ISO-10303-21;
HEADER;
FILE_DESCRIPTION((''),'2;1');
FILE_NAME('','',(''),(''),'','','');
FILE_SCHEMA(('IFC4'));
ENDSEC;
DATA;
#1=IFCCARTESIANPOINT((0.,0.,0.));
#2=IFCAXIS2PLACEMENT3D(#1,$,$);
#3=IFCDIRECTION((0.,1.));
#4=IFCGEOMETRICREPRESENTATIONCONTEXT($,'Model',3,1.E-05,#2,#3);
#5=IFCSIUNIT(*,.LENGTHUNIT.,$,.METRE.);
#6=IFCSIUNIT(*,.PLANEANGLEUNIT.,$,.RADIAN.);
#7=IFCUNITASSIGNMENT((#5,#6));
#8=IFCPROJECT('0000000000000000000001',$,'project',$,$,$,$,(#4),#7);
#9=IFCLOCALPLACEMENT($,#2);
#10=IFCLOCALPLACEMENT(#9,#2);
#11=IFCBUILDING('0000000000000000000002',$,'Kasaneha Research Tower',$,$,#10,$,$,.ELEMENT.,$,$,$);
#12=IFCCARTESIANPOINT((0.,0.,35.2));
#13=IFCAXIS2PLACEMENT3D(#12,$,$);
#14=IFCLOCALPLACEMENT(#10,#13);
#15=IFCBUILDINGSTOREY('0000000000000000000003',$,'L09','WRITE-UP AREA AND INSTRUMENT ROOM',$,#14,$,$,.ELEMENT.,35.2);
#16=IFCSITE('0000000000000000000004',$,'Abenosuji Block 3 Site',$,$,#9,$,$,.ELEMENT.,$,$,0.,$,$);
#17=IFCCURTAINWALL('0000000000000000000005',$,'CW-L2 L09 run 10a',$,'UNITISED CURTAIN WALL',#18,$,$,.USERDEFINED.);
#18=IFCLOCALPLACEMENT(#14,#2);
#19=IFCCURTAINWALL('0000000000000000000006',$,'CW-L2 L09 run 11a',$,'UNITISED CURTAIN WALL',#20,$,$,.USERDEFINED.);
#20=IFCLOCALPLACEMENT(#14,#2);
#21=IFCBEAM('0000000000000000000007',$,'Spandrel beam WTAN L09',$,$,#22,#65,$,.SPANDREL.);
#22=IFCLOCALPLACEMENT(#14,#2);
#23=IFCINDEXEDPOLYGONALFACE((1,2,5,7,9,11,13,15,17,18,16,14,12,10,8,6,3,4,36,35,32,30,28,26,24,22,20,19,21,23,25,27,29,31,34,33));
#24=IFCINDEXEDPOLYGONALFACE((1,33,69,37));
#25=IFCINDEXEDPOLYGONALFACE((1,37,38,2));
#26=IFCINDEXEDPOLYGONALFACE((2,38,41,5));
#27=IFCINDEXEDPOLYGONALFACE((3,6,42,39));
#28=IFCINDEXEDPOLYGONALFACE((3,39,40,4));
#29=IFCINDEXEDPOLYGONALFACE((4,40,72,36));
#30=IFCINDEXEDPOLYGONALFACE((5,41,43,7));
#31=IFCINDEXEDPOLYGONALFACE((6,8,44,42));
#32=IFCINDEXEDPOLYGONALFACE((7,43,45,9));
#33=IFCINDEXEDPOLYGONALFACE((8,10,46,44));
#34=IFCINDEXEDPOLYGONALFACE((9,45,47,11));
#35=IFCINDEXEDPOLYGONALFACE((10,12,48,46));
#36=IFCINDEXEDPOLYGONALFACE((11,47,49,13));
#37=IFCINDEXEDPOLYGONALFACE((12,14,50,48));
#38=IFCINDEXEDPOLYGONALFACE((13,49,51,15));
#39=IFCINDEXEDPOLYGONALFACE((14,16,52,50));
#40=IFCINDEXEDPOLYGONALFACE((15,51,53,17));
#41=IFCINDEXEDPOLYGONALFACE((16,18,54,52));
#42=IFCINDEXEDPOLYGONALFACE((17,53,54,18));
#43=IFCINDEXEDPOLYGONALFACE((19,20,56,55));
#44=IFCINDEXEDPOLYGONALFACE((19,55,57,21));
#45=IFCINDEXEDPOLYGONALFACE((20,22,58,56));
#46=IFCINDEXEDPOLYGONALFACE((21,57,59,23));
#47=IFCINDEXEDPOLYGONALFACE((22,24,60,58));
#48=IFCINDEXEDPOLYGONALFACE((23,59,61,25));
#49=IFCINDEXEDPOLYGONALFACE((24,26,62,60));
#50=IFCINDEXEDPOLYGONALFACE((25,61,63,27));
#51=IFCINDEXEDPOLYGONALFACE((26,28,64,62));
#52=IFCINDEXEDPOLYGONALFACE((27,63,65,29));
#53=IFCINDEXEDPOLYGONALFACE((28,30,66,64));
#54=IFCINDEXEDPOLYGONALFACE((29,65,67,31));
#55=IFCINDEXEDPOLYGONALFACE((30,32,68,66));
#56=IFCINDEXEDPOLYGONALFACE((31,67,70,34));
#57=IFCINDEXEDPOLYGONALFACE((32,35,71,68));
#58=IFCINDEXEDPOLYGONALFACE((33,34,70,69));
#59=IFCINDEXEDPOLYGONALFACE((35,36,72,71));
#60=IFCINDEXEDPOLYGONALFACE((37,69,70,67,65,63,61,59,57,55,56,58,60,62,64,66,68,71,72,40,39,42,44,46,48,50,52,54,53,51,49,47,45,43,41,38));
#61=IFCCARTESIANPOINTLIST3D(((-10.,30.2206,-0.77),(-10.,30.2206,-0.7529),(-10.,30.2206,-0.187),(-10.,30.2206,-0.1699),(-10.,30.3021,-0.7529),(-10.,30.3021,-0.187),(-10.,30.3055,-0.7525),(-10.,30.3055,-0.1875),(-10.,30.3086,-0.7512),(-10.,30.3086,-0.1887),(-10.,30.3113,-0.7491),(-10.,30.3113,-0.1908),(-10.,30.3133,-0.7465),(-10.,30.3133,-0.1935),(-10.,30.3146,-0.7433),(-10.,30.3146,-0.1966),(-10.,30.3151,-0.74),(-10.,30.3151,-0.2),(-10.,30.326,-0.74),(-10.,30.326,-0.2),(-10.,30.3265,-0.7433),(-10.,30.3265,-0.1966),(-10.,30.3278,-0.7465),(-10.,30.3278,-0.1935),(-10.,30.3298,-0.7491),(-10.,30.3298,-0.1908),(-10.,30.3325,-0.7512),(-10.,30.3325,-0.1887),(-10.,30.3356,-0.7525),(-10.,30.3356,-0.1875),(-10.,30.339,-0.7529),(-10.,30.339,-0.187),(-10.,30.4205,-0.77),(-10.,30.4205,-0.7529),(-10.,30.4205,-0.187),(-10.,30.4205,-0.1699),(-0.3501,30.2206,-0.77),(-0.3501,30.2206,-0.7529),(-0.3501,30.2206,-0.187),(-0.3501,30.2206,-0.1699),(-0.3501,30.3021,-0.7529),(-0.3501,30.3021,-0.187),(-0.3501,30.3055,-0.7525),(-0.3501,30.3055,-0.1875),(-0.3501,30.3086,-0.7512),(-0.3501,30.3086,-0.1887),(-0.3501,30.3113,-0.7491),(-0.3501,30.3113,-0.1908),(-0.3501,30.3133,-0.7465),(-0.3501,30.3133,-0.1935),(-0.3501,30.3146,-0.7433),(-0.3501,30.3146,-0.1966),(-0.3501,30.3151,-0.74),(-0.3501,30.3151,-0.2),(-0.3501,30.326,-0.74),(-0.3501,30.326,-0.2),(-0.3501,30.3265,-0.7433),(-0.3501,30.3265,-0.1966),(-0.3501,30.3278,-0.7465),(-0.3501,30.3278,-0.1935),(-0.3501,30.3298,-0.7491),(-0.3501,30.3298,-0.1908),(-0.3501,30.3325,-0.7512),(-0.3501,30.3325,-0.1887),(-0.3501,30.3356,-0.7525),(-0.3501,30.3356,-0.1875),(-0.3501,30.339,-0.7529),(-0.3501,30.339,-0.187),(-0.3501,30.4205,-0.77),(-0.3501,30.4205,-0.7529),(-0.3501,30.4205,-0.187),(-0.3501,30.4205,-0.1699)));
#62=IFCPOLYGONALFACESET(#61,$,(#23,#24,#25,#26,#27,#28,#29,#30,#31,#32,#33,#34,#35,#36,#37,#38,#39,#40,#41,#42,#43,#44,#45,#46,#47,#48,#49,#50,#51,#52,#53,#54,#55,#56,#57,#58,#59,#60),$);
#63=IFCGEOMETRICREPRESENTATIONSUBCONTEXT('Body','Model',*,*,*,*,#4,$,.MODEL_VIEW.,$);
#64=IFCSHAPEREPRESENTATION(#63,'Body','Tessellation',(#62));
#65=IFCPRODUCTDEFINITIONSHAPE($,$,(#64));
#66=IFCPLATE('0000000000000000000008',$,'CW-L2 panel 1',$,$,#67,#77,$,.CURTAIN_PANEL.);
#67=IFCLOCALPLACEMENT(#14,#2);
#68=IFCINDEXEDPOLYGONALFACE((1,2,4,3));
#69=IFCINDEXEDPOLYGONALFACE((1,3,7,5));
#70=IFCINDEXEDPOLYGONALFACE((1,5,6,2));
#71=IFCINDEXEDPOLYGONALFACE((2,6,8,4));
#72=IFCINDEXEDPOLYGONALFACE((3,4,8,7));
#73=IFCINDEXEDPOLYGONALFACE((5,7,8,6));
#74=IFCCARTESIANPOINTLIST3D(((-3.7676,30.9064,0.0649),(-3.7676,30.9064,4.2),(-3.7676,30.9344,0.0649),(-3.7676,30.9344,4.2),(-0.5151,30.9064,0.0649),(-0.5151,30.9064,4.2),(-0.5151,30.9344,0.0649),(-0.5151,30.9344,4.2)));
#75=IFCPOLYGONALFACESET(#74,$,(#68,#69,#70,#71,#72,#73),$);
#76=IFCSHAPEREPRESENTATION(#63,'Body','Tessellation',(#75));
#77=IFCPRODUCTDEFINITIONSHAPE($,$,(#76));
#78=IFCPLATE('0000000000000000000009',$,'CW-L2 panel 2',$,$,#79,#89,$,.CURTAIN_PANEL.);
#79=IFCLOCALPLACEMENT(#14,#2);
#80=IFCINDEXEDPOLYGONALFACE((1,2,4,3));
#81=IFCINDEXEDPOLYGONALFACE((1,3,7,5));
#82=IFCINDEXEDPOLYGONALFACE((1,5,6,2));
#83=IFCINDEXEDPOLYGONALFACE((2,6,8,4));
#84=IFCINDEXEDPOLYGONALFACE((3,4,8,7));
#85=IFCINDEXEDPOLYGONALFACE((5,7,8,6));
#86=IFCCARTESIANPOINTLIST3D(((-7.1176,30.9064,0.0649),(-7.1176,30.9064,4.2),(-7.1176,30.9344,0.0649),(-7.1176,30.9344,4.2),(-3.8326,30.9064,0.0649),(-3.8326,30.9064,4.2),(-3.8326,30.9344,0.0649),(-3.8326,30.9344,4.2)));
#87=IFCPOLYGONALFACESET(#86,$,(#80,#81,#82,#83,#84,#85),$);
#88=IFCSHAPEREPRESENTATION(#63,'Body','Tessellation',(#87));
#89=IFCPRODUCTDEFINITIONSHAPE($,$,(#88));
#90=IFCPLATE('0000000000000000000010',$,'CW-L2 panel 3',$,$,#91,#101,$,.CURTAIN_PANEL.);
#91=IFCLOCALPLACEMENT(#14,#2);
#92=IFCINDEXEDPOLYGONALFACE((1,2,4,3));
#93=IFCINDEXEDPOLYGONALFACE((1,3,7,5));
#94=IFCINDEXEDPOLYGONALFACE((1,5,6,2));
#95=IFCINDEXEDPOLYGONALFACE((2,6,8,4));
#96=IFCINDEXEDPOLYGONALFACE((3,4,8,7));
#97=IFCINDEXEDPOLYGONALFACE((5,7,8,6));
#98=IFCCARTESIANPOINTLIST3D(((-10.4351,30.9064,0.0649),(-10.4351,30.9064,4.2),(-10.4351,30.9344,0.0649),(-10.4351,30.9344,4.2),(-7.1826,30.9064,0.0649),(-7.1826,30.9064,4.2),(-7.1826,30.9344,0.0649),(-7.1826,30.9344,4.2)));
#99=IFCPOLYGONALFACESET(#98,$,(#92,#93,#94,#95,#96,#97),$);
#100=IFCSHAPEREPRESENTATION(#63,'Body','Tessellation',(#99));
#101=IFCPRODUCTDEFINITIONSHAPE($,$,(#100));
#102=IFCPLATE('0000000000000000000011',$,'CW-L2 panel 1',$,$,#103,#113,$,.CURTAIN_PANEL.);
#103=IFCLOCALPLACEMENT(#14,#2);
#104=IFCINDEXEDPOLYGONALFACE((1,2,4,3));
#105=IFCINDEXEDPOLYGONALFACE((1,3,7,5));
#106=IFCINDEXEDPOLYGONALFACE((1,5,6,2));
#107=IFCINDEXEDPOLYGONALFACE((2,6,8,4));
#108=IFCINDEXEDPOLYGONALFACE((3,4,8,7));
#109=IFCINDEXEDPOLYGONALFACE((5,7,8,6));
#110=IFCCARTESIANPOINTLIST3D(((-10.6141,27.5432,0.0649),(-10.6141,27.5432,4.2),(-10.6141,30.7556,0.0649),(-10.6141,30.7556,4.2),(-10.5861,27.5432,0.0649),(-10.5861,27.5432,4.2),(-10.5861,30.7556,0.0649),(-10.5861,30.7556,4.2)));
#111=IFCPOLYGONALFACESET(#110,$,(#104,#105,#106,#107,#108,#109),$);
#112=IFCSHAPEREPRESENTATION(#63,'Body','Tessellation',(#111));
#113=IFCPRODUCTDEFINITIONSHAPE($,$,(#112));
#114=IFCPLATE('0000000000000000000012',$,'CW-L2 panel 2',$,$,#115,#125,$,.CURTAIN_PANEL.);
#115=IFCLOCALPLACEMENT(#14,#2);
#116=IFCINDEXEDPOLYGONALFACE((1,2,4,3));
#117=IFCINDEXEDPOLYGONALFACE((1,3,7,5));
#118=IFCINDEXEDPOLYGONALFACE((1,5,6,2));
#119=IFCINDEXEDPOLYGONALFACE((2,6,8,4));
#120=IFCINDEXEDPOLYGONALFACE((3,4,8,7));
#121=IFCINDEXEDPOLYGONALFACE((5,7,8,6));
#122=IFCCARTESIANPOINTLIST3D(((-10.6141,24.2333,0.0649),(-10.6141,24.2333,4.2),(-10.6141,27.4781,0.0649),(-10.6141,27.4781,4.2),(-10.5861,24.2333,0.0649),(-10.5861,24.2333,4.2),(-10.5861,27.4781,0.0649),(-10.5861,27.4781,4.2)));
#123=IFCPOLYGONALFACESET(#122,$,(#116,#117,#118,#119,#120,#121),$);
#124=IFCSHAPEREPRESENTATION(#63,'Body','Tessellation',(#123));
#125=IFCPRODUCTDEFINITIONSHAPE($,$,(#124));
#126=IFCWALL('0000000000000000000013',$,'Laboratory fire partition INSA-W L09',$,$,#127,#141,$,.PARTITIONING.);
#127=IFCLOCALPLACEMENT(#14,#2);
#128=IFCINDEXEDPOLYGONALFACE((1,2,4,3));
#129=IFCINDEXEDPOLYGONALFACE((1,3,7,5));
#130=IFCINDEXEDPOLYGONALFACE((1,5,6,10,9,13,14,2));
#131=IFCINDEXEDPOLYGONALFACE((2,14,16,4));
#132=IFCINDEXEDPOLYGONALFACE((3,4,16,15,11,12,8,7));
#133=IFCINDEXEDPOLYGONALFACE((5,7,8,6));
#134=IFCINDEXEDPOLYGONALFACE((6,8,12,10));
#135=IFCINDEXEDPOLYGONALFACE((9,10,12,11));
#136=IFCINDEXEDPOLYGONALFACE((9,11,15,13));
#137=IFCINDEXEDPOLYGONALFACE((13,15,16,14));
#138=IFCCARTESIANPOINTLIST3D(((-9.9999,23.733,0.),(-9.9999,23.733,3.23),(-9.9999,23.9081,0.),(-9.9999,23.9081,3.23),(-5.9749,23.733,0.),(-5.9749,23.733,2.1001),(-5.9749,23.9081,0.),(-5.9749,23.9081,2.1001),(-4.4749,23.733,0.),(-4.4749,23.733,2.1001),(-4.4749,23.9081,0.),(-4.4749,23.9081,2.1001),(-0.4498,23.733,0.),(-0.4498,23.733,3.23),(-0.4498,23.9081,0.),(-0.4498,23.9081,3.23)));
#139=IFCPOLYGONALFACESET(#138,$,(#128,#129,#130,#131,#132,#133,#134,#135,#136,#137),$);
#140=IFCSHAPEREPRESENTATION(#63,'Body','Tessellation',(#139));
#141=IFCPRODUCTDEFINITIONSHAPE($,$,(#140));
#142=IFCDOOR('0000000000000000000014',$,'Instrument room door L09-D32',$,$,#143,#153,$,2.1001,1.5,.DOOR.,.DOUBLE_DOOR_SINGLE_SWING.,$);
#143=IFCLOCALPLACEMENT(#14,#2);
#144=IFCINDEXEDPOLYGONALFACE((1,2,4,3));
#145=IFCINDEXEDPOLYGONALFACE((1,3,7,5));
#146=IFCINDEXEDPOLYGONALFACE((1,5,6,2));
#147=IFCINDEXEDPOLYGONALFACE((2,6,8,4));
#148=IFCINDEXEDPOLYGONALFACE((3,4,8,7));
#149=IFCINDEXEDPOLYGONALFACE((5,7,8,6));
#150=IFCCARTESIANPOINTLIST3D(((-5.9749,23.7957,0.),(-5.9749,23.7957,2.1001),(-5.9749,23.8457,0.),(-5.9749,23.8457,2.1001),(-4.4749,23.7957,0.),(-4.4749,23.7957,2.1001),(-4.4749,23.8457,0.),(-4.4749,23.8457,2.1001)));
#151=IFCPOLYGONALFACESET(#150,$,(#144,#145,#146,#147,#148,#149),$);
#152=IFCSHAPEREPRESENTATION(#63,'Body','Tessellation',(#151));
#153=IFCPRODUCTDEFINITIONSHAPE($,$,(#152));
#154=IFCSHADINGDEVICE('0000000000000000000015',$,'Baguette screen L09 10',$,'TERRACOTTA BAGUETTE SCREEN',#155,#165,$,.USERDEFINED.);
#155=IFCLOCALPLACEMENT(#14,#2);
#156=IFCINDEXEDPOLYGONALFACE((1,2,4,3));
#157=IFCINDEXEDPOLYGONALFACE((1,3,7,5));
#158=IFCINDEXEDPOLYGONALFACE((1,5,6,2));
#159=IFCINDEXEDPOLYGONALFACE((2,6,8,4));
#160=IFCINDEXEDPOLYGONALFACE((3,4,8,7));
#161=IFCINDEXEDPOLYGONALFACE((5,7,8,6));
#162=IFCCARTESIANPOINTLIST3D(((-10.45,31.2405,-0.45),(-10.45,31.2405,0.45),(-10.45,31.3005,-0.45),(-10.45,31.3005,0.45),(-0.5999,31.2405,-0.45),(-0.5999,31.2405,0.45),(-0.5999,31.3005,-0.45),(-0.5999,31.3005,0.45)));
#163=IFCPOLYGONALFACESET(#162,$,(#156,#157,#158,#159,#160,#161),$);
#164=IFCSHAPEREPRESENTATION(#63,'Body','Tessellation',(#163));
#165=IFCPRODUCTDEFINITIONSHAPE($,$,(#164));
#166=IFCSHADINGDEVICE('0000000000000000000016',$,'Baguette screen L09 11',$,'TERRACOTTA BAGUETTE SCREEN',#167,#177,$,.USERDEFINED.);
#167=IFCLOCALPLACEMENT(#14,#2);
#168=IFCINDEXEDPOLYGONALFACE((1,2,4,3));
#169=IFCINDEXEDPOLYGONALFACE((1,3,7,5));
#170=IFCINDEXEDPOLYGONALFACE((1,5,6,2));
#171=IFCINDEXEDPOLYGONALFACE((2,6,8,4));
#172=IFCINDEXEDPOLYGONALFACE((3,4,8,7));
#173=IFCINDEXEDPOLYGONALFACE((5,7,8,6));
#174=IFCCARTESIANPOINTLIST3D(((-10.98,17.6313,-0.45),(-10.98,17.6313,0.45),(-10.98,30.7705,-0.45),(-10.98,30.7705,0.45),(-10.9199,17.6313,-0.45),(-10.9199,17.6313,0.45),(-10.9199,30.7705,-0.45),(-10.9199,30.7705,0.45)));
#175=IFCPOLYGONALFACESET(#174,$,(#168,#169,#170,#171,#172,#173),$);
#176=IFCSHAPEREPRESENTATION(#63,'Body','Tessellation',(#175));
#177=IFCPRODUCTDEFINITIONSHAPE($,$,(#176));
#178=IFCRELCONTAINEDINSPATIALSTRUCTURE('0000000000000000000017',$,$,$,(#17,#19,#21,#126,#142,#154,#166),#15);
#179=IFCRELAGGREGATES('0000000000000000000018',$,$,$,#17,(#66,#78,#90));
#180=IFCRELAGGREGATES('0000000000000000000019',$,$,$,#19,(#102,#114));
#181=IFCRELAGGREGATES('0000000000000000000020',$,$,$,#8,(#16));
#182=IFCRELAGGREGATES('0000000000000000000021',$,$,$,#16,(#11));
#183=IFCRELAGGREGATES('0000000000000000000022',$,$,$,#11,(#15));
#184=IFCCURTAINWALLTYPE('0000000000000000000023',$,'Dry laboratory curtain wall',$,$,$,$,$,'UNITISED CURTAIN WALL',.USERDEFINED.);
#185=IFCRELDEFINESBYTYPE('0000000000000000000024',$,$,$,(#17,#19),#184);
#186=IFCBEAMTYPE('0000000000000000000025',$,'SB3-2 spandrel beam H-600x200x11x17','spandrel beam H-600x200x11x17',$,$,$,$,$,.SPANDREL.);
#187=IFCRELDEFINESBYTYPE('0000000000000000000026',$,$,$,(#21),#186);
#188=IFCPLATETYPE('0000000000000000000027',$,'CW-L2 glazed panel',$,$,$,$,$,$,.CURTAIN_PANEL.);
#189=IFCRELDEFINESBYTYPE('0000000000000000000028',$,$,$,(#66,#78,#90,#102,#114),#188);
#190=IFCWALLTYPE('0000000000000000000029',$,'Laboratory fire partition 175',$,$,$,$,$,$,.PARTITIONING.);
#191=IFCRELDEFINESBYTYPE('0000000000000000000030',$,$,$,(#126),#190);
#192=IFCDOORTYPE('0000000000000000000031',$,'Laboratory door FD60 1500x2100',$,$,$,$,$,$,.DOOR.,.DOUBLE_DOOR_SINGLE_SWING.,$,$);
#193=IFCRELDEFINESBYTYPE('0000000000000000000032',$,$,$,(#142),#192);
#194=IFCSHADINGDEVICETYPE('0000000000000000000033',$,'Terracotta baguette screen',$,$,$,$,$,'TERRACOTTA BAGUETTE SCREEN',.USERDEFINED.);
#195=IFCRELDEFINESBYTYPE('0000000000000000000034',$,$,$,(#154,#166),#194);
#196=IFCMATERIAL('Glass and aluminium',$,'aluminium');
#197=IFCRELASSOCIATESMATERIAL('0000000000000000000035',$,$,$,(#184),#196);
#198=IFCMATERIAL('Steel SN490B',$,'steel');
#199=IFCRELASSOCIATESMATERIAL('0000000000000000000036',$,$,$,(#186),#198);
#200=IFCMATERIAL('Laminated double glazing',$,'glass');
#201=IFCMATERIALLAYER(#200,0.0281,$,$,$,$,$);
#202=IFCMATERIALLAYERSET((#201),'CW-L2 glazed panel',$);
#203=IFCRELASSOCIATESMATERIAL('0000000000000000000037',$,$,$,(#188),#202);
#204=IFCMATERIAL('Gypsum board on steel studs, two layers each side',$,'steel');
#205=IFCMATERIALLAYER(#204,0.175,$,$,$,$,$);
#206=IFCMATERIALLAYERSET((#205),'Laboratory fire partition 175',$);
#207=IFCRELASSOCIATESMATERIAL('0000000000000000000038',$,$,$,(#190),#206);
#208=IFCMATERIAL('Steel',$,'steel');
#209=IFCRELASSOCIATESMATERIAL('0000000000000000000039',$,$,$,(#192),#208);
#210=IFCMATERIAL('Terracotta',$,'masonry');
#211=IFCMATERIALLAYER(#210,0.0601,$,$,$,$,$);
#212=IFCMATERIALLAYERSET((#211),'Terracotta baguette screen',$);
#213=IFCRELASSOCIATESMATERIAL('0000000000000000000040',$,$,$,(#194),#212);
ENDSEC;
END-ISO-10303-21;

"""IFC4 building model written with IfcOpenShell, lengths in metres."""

from ifc_helpers import new_model, si_unit, direction, frame, frame_2d, origin, origin_2d, place, context, subcontext, project, spatial, rectangle, i_section, extrude, material, layer, layer_set, material_profile, profile_set, type_object, element, fill, aggregate, save


model = new_model("IFC4")

# Units and contexts
model_context = context("Model", 3, precision=1e-05, world=origin(), true_north=direction((0.0, 1.0)))
body_context = subcontext(model_context, "Body", "Model", "MODEL_VIEW")
ifc_project = project(units=[si_unit("LENGTHUNIT", "METRE"), si_unit("PLANEANGLEUNIT", "RADIAN")], contexts=[model_context])

# Site, building, storey
site_placement = place(None, origin())
site = spatial("IfcSite", under=ifc_project, at=site_placement, Name="Abenosuji Block 3 Site", CompositionType="ELEMENT", RefElevation=0.0)
building_placement = place(site_placement, origin())
building = spatial("IfcBuilding", under=site, at=building_placement, Name="Kasaneha Research Tower", CompositionType="ELEMENT")
storey_placement = place(building_placement, frame((0.0, 0.0, 35.2)))
storey = spatial("IfcBuildingStorey", under=building, at=storey_placement, Name="L09", Description="WRITE-UP AREA AND INSTRUMENT ROOM", CompositionType="ELEMENT", Elevation=35.2)

# Curtain walls
ifc_material_1 = material(Name="Glass and aluminium", Category="aluminium")
curtain_wall_type = type_object("IfcCurtainWallType", Name="Dry laboratory curtain wall", ElementType="UNITISED CURTAIN WALL", PredefinedType="USERDEFINED", material=ifc_material_1)
curtain_wall_1_placement = place(storey_placement, origin())
curtain_wall_1 = element("IfcCurtainWall", 1, at=curtain_wall_1_placement, inside=storey, type_object=curtain_wall_type, Name="CW-L2 L09 run 10a", ObjectType="UNITISED CURTAIN WALL", PredefinedType="USERDEFINED")
curtain_wall_2_placement = place(storey_placement, origin())
curtain_wall_2 = element("IfcCurtainWall", 2, at=curtain_wall_2_placement, inside=storey, type_object=curtain_wall_type, Name="CW-L2 L09 run 11a", ObjectType="UNITISED CURTAIN WALL", PredefinedType="USERDEFINED")

# Beam
ifc_material_2 = material(Name="Steel SN490B", Category="steel")
ifc_material_profile_1 = material_profile(ifc_material_2, i_section(OverallWidth=0.2, OverallDepth=0.6001, WebThickness=0.011, FlangeThickness=0.0171, FilletRadius=0.0129, at=origin_2d()), Name="H-600x200x11x17")
ifc_profile_set_1 = profile_set([ifc_material_profile_1], Name="Steel SN490B")
beam_type_1 = type_object("IfcBeamType", Name="SB3-2 spandrel beam H-600x200x11x17", Description="spandrel beam H-600x200x11x17", PredefinedType="SPANDREL", material=ifc_profile_set_1)
beam_1_placement = place(storey_placement, frame((-10.0, 30.3206, -0.47), z_axis=(1.0, 0.0, 0.0), x_axis=(0.0, 1.0, 0.0)))
element("IfcBeam", 3, at=beam_1_placement, inside=storey, type_object=beam_type_1, Name="Spandrel beam WTAN L09", PredefinedType="SPANDREL", context=body_context, shape_type="SweptSolid", body=[
    extrude(i_section(OverallWidth=0.2, OverallDepth=0.6001, WebThickness=0.011, FlangeThickness=0.0171, FilletRadius=0.0129, at=origin_2d()), origin(), (0.0, 0.0, 1.0), 9.6499),
])

# Plates
ifc_material_3 = material(Name="Laminated double glazing", Category="glass")
ifc_layer_1 = layer(ifc_material_3, 0.0281)
ifc_layer_set_1 = layer_set([ifc_layer_1], Name="CW-L2 glazed panel")
plate_type = type_object("IfcPlateType", Name="CW-L2 glazed panel", PredefinedType="CURTAIN_PANEL", material=ifc_layer_set_1)
plate_1_placement = place(storey_placement, frame((-2.1414, 30.9204, 0.0649), z_axis=(0.0, 0.0, 1.0), x_axis=(-1.0, 0.0, 0.0)))
plate_1 = element("IfcPlate", 4, at=plate_1_placement, type_object=plate_type, Name="CW-L2 panel 1", PredefinedType="CURTAIN_PANEL", context=body_context, shape_type="SweptSolid", body=[
    extrude(rectangle(XDim=3.2524, YDim=0.0281, at=origin_2d()), origin(), (0.0, 0.0, 1.0), 4.135),
])
plate_2_placement = place(storey_placement, frame((-5.4751, 30.9204, 0.0649), z_axis=(0.0, 0.0, 1.0), x_axis=(-1.0, 0.0, 0.0)))
plate_2 = element("IfcPlate", 5, at=plate_2_placement, type_object=plate_type, Name="CW-L2 panel 2", PredefinedType="CURTAIN_PANEL", context=body_context, shape_type="SweptSolid", body=[
    extrude(rectangle(XDim=3.2849, YDim=0.0281, at=origin_2d()), origin(), (0.0, 0.0, 1.0), 4.135),
])
plate_3_placement = place(storey_placement, frame((-8.8088, 30.9204, 0.0649), z_axis=(0.0, 0.0, 1.0), x_axis=(-1.0, 0.0, 0.0)))
plate_3 = element("IfcPlate", 6, at=plate_3_placement, type_object=plate_type, Name="CW-L2 panel 3", PredefinedType="CURTAIN_PANEL", context=body_context, shape_type="SweptSolid", body=[
    extrude(rectangle(XDim=3.2524, YDim=0.0281, at=origin_2d()), origin(), (0.0, 0.0, 1.0), 4.135),
])
aggregate(curtain_wall_1, [plate_1, plate_2, plate_3])
plate_4_placement = place(storey_placement, frame((-10.6001, 29.1494, 0.0649), z_axis=(0.0, 0.0, 1.0), x_axis=(0.0, -1.0, 0.0)))
plate_4 = element("IfcPlate", 7, at=plate_4_placement, type_object=plate_type, Name="CW-L2 panel 1", PredefinedType="CURTAIN_PANEL", context=body_context, shape_type="SweptSolid", body=[
    extrude(rectangle(XDim=3.2124, YDim=0.0281, at=origin_2d()), origin(), (0.0, 0.0, 1.0), 4.135),
])
plate_5_placement = place(storey_placement, frame((-10.6001, 25.8557, 0.0649), z_axis=(0.0, 0.0, 1.0), x_axis=(0.0, -1.0, 0.0)))
plate_5 = element("IfcPlate", 8, at=plate_5_placement, type_object=plate_type, Name="CW-L2 panel 2", PredefinedType="CURTAIN_PANEL", context=body_context, shape_type="SweptSolid", body=[
    extrude(rectangle(XDim=3.2449, YDim=0.0281, at=origin_2d()), origin(), (0.0, 0.0, 1.0), 4.135),
])
aggregate(curtain_wall_2, [plate_4, plate_5])

# Wall, opening, door
ifc_material_4 = material(Name="Gypsum board on steel studs, two layers each side", Category="steel")
ifc_layer_2 = layer(ifc_material_4, 0.175)
ifc_layer_set_2 = layer_set([ifc_layer_2], Name="Laboratory fire partition 175")
wall_type = type_object("IfcWallType", Name="Laboratory fire partition 175", PredefinedType="PARTITIONING", material=ifc_layer_set_2)
wall_placement = place(storey_placement, frame((-0.45, 23.8206, 0.0), z_axis=(0.0, 0.0, 1.0), x_axis=(-1.0, 0.0, 0.0)))
wall = element("IfcWall", 9, at=wall_placement, inside=storey, type_object=wall_type, Name="Laboratory fire partition INSA-W L09", PredefinedType="PARTITIONING", context=body_context, shape_type="SweptSolid", body=[
    extrude(rectangle(XDim=9.55, YDim=0.175, at=frame_2d((4.7749, 0.0))), origin(), (0.0, 0.0, 1.0), 3.23),
])
opening_placement = place(wall_placement, frame((4.0249, 0.0, 0.0)))
opening = element("IfcOpeningElement", 10, at=opening_placement, cuts=wall, PredefinedType="OPENING", context=body_context, shape_type="SweptSolid", body=[
    extrude(rectangle(XDim=1.5, YDim=2.1001, at=frame_2d((0.75, 1.05))), frame((0.0, 0.0977, 0.0), z_axis=(0.0, -1.0, 0.0), x_axis=(1.0, 0.0, 0.0)), (0.0, 0.0, 1.0), 0.1951),
])
ifc_material_5 = material(Name="Steel", Category="steel")
door_type = type_object("IfcDoorType", Name="Laboratory door FD60 1500x2100", OperationType="DOUBLE_DOOR_SINGLE_SWING", PredefinedType="DOOR", material=ifc_material_5)
door_placement = place(opening_placement, origin())
door = element("IfcDoor", 11, at=door_placement, inside=storey, type_object=door_type, Name="Instrument room door L09-D32", OperationType="DOUBLE_DOOR_SINGLE_SWING", OverallHeight=2.1001, OverallWidth=1.5, PredefinedType="DOOR", context=body_context, shape_type="SweptSolid", body=[
    extrude(rectangle(XDim=1.5, YDim=2.1001, at=frame_2d((0.75, 1.05))), frame((0.0, 0.0249, 0.0), z_axis=(0.0, -1.0, 0.0), x_axis=(1.0, 0.0, 0.0)), (0.0, 0.0, 1.0), 0.05),
])
fill(opening, door)

# Shading devices
ifc_material_6 = material(Name="Terracotta", Category="masonry")
ifc_layer_3 = layer(ifc_material_6, 0.0601)
ifc_layer_set_3 = layer_set([ifc_layer_3], Name="Terracotta baguette screen")
shading_device_type = type_object("IfcShadingDeviceType", Name="Terracotta baguette screen", ElementType="TERRACOTTA BAGUETTE SCREEN", PredefinedType="USERDEFINED", material=ifc_layer_set_3)
shading_device_1_placement = place(storey_placement, frame((-5.5249, 31.2705, -0.45), z_axis=(0.0, 0.0, 1.0), x_axis=(-1.0, 0.0, 0.0)))
element("IfcShadingDevice", 12, at=shading_device_1_placement, inside=storey, type_object=shading_device_type, Name="Baguette screen L09 10", ObjectType="TERRACOTTA BAGUETTE SCREEN", PredefinedType="USERDEFINED", context=body_context, shape_type="SweptSolid", body=[
    extrude(rectangle(XDim=9.8501, YDim=0.0601, at=origin_2d()), origin(), (0.0, 0.0, 1.0), 0.8999),
])
shading_device_2_placement = place(storey_placement, frame((-10.95, 24.2009, -0.45), z_axis=(0.0, 0.0, 1.0), x_axis=(0.0, -1.0, 0.0)))
element("IfcShadingDevice", 13, at=shading_device_2_placement, inside=storey, type_object=shading_device_type, Name="Baguette screen L09 11", ObjectType="TERRACOTTA BAGUETTE SCREEN", PredefinedType="USERDEFINED", context=body_context, shape_type="SweptSolid", body=[
    extrude(rectangle(XDim=13.1392, YDim=0.0601, at=origin_2d()), origin(), (0.0, 0.0, 1.0), 0.8999),
])

save(model, "model.ifc")
